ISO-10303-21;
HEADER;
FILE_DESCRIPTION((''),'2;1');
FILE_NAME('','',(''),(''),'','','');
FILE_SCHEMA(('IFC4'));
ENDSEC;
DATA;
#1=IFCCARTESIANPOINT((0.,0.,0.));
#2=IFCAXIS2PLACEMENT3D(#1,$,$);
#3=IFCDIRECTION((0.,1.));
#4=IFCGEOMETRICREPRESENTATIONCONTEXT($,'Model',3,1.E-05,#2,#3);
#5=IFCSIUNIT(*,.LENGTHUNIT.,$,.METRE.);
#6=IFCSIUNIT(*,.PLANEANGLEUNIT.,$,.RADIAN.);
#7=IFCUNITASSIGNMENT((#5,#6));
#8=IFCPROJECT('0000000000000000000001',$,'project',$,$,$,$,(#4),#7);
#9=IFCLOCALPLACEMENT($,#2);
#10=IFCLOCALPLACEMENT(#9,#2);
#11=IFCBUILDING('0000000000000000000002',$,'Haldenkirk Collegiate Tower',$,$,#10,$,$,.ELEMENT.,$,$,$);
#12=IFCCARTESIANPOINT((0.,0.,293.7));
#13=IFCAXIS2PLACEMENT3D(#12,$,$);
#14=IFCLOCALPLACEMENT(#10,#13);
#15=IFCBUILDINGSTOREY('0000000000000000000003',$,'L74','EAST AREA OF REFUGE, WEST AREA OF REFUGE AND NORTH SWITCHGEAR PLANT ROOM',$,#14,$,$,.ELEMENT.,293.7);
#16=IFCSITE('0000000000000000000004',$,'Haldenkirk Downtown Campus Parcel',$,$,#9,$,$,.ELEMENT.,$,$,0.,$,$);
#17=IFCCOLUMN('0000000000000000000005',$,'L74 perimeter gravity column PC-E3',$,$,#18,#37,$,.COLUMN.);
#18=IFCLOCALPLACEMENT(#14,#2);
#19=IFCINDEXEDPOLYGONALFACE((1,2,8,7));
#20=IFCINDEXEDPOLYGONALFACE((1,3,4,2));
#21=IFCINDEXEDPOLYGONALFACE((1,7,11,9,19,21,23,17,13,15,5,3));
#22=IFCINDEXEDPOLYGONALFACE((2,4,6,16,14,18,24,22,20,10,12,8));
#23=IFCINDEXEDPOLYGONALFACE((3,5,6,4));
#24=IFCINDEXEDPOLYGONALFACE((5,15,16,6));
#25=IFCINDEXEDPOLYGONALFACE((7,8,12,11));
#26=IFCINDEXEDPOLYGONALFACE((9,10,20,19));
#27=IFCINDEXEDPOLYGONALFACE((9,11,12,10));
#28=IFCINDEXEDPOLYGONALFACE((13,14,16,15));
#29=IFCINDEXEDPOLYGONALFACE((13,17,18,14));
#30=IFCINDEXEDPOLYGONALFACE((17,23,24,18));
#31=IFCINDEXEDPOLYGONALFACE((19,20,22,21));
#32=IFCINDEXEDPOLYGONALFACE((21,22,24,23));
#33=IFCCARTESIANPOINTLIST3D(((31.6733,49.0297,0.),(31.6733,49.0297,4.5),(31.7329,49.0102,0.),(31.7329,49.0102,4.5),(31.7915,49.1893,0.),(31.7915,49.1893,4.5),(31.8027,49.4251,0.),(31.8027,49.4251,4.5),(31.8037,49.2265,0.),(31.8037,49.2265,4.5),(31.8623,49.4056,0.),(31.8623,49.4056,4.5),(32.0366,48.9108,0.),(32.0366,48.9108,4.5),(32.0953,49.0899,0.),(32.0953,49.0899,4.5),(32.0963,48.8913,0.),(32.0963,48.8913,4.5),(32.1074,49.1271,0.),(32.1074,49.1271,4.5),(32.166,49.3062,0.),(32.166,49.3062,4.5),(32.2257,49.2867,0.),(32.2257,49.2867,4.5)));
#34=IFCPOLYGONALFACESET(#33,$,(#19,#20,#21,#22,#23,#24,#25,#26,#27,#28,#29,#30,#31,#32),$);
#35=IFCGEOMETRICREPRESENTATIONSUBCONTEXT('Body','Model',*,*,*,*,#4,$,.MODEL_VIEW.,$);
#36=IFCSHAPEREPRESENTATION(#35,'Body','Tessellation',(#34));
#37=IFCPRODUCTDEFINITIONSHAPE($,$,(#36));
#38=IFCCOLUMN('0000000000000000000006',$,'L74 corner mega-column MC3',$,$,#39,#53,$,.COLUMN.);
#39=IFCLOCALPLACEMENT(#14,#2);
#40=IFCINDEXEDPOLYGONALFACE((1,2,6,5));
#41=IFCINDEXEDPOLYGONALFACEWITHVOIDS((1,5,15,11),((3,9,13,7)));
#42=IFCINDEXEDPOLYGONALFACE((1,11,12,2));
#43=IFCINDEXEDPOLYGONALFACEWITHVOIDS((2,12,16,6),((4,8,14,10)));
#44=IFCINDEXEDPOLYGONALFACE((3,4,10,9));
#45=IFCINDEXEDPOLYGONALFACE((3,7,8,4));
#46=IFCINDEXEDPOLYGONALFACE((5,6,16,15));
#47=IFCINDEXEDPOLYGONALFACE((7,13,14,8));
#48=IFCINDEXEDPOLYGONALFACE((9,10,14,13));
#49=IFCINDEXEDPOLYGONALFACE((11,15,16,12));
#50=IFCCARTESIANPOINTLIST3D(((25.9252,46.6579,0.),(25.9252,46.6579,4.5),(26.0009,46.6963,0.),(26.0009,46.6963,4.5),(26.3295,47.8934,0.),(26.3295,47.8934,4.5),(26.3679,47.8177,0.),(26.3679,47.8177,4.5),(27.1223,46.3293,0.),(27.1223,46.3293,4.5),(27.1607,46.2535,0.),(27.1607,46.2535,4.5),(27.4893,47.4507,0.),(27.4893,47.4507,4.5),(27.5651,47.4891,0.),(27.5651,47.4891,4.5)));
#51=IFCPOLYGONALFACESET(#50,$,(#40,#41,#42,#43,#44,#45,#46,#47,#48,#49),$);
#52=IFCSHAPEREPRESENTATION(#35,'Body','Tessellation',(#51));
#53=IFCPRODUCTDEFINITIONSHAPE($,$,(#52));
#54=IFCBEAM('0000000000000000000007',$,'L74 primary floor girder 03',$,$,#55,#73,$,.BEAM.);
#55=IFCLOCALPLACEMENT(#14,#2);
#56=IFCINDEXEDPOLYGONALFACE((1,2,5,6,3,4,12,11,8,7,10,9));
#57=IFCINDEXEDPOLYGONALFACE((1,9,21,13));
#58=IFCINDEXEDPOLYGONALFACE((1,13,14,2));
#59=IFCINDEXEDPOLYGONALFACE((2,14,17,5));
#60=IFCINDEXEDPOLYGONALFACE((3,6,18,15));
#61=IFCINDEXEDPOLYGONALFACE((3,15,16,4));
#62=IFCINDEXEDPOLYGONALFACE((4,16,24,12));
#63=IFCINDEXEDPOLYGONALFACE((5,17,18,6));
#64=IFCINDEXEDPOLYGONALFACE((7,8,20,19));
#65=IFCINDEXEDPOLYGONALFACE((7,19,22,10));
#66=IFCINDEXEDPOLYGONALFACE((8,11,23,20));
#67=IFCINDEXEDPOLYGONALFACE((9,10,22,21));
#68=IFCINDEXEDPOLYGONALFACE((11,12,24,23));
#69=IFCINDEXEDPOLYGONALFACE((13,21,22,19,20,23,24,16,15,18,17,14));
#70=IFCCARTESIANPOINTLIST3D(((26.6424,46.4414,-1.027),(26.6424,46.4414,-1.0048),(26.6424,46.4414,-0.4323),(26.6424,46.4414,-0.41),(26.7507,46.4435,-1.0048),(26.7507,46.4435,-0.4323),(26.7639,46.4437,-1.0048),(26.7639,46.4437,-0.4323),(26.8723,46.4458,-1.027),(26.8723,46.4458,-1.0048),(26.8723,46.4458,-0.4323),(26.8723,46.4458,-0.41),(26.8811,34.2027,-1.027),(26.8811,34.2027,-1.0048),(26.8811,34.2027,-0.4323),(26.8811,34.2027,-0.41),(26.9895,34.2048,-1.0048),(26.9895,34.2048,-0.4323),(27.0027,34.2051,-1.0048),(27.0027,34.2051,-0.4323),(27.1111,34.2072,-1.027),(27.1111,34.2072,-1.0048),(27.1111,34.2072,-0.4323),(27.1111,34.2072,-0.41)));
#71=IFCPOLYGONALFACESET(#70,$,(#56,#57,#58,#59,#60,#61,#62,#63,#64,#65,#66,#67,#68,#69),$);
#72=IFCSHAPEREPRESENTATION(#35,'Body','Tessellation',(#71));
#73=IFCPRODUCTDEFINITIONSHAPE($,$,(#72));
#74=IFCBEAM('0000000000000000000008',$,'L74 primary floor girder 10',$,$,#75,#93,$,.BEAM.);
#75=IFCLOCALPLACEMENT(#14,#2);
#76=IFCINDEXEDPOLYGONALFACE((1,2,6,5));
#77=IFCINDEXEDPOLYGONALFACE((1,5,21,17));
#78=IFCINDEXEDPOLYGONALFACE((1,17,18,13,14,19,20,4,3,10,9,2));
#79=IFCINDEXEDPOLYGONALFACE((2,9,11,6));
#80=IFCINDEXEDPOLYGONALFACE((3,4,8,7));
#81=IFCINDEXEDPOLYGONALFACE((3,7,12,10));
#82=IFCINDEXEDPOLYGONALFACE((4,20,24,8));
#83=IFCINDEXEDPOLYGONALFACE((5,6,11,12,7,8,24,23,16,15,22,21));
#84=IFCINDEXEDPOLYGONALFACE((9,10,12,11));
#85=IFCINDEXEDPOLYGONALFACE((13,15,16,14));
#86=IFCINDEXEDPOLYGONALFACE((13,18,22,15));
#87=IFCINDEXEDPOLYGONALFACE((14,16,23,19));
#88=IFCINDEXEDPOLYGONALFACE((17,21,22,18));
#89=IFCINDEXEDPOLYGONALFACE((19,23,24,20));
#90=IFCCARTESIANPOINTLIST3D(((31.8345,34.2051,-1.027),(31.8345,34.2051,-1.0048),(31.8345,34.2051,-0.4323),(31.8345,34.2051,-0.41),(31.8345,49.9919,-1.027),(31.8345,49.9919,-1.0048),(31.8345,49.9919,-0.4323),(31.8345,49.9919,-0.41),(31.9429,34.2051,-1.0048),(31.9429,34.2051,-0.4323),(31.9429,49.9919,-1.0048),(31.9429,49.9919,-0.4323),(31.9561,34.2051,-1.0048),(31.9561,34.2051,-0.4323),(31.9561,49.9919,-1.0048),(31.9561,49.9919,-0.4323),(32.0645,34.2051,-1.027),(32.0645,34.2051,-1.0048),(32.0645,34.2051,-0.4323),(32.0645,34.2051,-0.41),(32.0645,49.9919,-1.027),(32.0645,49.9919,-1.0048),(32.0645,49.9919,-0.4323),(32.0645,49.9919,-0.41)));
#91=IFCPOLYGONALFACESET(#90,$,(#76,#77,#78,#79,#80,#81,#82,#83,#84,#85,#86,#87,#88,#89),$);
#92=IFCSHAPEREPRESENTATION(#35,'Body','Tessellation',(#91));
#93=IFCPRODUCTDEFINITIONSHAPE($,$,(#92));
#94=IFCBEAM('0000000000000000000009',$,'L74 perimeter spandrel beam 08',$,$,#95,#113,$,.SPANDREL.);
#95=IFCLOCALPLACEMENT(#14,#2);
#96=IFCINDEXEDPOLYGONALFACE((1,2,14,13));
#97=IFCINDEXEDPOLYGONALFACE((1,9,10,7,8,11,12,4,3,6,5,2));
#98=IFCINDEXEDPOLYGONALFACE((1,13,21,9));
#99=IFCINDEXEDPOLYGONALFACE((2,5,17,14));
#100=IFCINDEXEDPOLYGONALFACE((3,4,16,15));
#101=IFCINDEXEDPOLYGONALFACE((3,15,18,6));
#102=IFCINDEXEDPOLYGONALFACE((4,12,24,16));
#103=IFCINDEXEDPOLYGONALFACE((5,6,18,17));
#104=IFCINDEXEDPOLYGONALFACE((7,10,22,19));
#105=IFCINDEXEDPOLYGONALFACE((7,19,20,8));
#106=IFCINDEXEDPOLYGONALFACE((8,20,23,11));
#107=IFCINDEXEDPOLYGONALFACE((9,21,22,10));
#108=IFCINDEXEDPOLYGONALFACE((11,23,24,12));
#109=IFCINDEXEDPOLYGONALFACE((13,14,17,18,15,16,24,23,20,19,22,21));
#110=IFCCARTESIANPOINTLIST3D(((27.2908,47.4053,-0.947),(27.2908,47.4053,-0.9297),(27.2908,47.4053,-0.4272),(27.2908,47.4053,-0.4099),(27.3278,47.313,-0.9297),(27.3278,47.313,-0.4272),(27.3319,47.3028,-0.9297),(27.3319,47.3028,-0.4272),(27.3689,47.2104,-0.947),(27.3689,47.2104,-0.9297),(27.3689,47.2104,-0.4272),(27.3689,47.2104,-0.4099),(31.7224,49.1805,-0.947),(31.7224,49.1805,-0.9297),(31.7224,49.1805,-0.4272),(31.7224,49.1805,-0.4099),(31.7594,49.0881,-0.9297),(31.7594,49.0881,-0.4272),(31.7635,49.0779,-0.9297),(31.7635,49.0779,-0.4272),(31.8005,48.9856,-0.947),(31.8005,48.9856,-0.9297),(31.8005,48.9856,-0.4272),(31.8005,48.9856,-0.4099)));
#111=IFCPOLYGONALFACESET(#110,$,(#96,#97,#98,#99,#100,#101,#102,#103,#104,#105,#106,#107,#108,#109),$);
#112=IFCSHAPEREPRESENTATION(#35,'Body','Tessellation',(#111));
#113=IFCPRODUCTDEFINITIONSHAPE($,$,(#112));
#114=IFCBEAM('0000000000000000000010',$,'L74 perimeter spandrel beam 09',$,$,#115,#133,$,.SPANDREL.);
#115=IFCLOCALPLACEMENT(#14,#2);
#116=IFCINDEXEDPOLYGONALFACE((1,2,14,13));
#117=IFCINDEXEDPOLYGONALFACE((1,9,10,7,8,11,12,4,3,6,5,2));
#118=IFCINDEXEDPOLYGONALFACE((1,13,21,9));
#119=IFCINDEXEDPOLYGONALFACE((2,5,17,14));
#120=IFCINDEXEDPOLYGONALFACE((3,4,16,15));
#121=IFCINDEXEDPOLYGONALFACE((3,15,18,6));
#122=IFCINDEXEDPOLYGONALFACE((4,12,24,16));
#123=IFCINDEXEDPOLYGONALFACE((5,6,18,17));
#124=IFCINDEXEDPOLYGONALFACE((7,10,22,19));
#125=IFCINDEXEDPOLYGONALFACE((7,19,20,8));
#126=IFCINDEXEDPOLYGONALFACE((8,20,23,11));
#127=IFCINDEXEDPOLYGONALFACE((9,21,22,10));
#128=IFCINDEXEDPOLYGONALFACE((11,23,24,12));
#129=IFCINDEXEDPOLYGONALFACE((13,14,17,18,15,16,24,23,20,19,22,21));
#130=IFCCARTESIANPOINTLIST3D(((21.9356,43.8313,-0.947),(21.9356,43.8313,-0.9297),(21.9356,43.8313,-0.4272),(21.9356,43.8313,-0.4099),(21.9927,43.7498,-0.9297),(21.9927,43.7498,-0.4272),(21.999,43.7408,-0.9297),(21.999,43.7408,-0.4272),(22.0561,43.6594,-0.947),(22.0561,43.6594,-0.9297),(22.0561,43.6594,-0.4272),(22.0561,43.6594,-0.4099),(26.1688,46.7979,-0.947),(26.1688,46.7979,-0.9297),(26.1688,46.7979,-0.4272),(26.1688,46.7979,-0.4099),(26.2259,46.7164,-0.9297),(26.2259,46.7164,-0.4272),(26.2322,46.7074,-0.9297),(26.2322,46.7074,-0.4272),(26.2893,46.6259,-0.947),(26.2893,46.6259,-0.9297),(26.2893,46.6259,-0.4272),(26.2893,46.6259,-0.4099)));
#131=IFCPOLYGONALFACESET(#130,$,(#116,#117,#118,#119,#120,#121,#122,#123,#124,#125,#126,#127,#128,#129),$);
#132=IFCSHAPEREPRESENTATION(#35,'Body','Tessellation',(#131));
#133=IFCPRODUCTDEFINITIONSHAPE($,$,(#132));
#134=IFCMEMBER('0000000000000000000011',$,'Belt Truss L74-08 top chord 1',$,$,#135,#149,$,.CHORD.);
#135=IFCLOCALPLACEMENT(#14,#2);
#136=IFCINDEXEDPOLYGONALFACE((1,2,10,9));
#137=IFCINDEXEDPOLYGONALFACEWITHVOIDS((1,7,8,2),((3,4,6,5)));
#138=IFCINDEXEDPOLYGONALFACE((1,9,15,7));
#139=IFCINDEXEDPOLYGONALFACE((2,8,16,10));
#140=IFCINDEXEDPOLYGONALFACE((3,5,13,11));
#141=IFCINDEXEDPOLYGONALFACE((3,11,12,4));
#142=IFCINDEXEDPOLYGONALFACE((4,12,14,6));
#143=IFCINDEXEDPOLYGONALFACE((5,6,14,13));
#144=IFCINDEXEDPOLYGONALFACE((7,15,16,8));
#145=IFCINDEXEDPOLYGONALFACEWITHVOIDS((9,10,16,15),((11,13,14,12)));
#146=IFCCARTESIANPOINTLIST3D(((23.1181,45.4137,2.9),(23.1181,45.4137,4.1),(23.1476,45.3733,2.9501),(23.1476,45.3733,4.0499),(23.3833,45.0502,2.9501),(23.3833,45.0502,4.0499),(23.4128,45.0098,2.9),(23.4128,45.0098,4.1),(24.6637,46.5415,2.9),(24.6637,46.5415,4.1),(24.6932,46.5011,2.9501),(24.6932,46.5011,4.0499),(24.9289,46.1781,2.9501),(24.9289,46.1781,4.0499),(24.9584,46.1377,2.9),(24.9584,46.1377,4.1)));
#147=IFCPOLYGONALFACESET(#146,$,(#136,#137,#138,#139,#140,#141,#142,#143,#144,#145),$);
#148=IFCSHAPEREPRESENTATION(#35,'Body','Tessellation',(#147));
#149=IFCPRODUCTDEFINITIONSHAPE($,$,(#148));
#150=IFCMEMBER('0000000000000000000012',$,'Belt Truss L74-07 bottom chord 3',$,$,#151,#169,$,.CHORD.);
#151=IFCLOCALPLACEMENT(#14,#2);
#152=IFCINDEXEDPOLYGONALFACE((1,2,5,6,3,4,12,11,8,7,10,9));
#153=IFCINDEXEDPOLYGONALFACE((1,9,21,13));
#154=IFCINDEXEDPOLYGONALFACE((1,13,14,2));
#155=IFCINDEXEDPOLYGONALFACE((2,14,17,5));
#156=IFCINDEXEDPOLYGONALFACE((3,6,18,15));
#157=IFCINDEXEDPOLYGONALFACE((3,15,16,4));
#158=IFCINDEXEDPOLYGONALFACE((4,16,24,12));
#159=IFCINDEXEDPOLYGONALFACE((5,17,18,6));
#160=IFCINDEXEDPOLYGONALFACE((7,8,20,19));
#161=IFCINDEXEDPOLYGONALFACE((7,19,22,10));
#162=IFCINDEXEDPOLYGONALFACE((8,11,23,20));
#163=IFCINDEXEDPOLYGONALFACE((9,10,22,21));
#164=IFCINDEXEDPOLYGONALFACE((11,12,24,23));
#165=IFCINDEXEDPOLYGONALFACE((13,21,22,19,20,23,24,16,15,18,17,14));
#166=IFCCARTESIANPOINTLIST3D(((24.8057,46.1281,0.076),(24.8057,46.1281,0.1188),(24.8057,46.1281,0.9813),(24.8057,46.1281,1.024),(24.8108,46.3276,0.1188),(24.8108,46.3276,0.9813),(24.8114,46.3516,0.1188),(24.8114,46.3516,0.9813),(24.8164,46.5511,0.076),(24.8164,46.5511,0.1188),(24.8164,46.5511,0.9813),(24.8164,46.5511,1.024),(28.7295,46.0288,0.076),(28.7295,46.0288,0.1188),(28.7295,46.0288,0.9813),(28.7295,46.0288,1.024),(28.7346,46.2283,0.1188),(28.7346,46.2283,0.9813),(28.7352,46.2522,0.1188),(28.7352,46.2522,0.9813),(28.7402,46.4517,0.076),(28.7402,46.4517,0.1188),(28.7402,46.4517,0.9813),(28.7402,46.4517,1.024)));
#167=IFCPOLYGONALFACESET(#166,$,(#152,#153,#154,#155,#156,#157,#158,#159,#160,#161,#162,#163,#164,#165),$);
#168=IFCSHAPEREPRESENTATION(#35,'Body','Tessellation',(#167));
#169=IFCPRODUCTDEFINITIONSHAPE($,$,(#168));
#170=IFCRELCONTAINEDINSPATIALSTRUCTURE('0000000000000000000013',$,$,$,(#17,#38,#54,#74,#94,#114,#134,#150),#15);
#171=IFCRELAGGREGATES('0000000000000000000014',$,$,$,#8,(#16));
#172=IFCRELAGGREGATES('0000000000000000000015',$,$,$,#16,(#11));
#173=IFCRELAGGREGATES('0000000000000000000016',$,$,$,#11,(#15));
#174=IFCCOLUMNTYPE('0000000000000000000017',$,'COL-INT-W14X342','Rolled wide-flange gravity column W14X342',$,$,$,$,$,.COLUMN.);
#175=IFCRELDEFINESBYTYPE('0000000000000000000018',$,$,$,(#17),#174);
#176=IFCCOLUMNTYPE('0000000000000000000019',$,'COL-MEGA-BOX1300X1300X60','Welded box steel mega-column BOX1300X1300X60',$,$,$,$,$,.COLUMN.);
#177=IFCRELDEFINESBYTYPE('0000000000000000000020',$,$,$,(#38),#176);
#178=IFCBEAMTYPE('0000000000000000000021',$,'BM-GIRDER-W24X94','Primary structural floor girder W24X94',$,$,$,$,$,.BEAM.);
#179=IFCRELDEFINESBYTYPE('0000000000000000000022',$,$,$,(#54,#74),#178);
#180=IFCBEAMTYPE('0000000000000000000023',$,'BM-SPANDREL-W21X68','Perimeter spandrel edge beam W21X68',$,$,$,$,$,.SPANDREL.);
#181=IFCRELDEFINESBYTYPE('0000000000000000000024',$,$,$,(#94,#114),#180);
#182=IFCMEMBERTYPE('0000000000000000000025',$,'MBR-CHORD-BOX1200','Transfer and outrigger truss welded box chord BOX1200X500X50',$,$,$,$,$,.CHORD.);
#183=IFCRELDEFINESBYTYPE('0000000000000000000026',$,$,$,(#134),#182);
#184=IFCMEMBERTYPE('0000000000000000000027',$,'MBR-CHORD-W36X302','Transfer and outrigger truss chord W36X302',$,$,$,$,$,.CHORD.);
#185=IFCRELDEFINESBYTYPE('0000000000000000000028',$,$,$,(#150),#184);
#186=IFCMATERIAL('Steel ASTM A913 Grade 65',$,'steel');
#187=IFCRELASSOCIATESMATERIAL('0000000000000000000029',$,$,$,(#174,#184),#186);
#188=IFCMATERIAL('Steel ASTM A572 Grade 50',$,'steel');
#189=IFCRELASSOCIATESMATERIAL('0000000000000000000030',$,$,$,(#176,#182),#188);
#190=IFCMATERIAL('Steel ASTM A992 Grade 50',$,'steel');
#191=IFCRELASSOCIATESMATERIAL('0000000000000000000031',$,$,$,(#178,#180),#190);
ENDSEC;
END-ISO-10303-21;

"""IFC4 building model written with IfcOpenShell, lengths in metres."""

from ifc_helpers import new_model, si_unit, direction, frame, origin, origin_2d, place, context, subcontext, project, spatial, hollow_rectangle, i_section, extrude, material, material_profile, profile_set, type_object, element, save


model = new_model("IFC4")

# Units and contexts
model_context = context("Model", 3, precision=1e-05, world=origin(), true_north=direction((0.0, 1.0)))
body_context = subcontext(model_context, "Body", "Model", "MODEL_VIEW")
ifc_project = project(units=[si_unit("LENGTHUNIT", "METRE"), si_unit("PLANEANGLEUNIT", "RADIAN")], contexts=[model_context])

# Site, building, storey
site_placement = place(None, origin())
site = spatial("IfcSite", under=ifc_project, at=site_placement, Name="Haldenkirk Downtown Campus Parcel", CompositionType="ELEMENT", RefElevation=0.0)
building_placement = place(site_placement, origin())
building = spatial("IfcBuilding", under=site, at=building_placement, Name="Haldenkirk Collegiate Tower", CompositionType="ELEMENT")
storey_placement = place(building_placement, frame((0.0, 0.0, 293.7)))
storey = spatial("IfcBuildingStorey", under=building, at=storey_placement, Name="L74", Description="EAST AREA OF REFUGE, WEST AREA OF REFUGE AND NORTH SWITCHGEAR PLANT ROOM", CompositionType="ELEMENT", Elevation=293.7)

# Columns
ifc_material_1 = material(Name="Steel ASTM A913 Grade 65", Category="steel")
ifc_material_profile_1 = material_profile(ifc_material_1, i_section(OverallWidth=0.416, OverallDepth=0.4451, WebThickness=0.0391, FlangeThickness=0.0627, at=origin_2d()), Name="W14X342")
ifc_profile_set_1 = profile_set([ifc_material_profile_1], Name="Steel ASTM A913 Grade 65")
column_type_1 = type_object("IfcColumnType", Name="COL-INT-W14X342", Description="Rolled wide-flange gravity column W14X342", PredefinedType="COLUMN", material=ifc_profile_set_1)
column_1_placement = place(storey_placement, frame((31.9495, 49.1582, 0.0), z_axis=(0.0, 0.0, 1.0), x_axis=(0.311008, 0.950407, 0.0)))
element("IfcColumn", 1, at=column_1_placement, inside=storey, type_object=column_type_1, Name="L74 perimeter gravity column PC-E3", PredefinedType="COLUMN", context=body_context, shape_type="SweptSolid", body=[
    extrude(i_section(OverallWidth=0.416, OverallDepth=0.4451, WebThickness=0.0391, FlangeThickness=0.0627, at=origin_2d()), origin(), (0.0, 0.0, 1.0), 4.5),
])
ifc_material_2 = material(Name="Steel ASTM A572 Grade 50", Category="steel")
ifc_material_profile_2 = material_profile(ifc_material_2, hollow_rectangle(XDim=1.3, YDim=1.3, WallThickness=0.0601, at=origin_2d()), Name="BOX1300X1300X60")
ifc_profile_set_2 = profile_set([ifc_material_profile_2], Name="Steel ASTM A572 Grade 50")
column_type_2 = type_object("IfcColumnType", Name="COL-MEGA-BOX1300X1300X60", Description="Welded box steel mega-column BOX1300X1300X60", PredefinedType="COLUMN", material=ifc_profile_set_2)
column_2_placement = place(storey_placement, frame((26.7451, 47.0735, 0.0), z_axis=(0.0, 0.0, 1.0), x_axis=(0.311008, 0.950407, 0.0)))
element("IfcColumn", 2, at=column_2_placement, inside=storey, type_object=column_type_2, Name="L74 corner mega-column MC3", PredefinedType="COLUMN", context=body_context, shape_type="SweptSolid", body=[
    extrude(hollow_rectangle(XDim=1.3, YDim=1.3, WallThickness=0.0601, at=origin_2d()), origin(), (0.0, 0.0, 1.0), 4.5),
])

# Beams
ifc_material_3 = material(Name="Steel ASTM A992 Grade 50", Category="steel")
ifc_material_profile_3 = material_profile(ifc_material_3, i_section(OverallWidth=0.23, OverallDepth=0.6169, WebThickness=0.0132, FlangeThickness=0.0222, at=origin_2d()), Name="W24X94")
ifc_profile_set_3 = profile_set([ifc_material_profile_3], Name="Steel ASTM A992 Grade 50")
beam_type_1 = type_object("IfcBeamType", Name="BM-GIRDER-W24X94", Description="Primary structural floor girder W24X94", PredefinedType="BEAM", material=ifc_profile_set_3)
beam_1_placement = place(storey_placement, frame((26.7573, 46.4436, -0.7185), z_axis=(0.019506, -0.99981, 0.0), x_axis=(0.99981, 0.019506, 0.0)))
element("IfcBeam", 3, at=beam_1_placement, inside=storey, type_object=beam_type_1, Name="L74 primary floor girder 03", PredefinedType="BEAM", context=body_context, shape_type="SweptSolid", body=[
    extrude(i_section(OverallWidth=0.23, OverallDepth=0.6169, WebThickness=0.0132, FlangeThickness=0.0222, at=origin_2d()), origin(), (0.0, 0.0, 1.0), 12.241),
])
beam_2_placement = place(storey_placement, frame((31.9495, 49.9919, -0.7185), z_axis=(0.0, -1.0, 0.0), x_axis=(1.0, 0.0, 0.0)))
element("IfcBeam", 4, at=beam_2_placement, inside=storey, type_object=beam_type_1, Name="L74 primary floor girder 10", PredefinedType="BEAM", context=body_context, shape_type="SweptSolid", body=[
    extrude(i_section(OverallWidth=0.23, OverallDepth=0.6169, WebThickness=0.0132, FlangeThickness=0.0222, at=origin_2d()), origin(), (0.0, 0.0, 1.0), 15.7869),
])
ifc_material_profile_4 = material_profile(ifc_material_3, i_section(OverallWidth=0.21, OverallDepth=0.5371, WebThickness=0.011, FlangeThickness=0.0173, at=origin_2d()), Name="W21X68")
ifc_profile_set_4 = profile_set([ifc_material_profile_4], Name="Steel ASTM A992 Grade 50")
beam_type_2 = type_object("IfcBeamType", Name="BM-SPANDREL-W21X68", Description="Perimeter spandrel edge beam W21X68", PredefinedType="SPANDREL", material=ifc_profile_set_4)
beam_3_placement = place(storey_placement, frame((31.7615, 49.083, -0.6785), z_axis=(-0.928297, -0.37184, 0.0), x_axis=(0.37184, -0.928297, 0.0)))
element("IfcBeam", 5, at=beam_3_placement, inside=storey, type_object=beam_type_2, Name="L74 perimeter spandrel beam 08", PredefinedType="SPANDREL", context=body_context, shape_type="SweptSolid", body=[
    extrude(i_section(OverallWidth=0.21, OverallDepth=0.5371, WebThickness=0.011, FlangeThickness=0.0173, at=origin_2d()), origin(), (0.0, 0.0, 1.0), 4.7739),
])
beam_4_placement = place(storey_placement, frame((26.229, 46.7119, -0.6785), z_axis=(-0.818928, -0.573897, 0.0), x_axis=(0.573897, -0.818928, 0.0)))
element("IfcBeam", 6, at=beam_4_placement, inside=storey, type_object=beam_type_2, Name="L74 perimeter spandrel beam 09", PredefinedType="SPANDREL", context=body_context, shape_type="SweptSolid", body=[
    extrude(i_section(OverallWidth=0.21, OverallDepth=0.5371, WebThickness=0.011, FlangeThickness=0.0173, at=origin_2d()), origin(), (0.0, 0.0, 1.0), 5.1692),
])

# Members
ifc_material_profile_5 = material_profile(ifc_material_2, hollow_rectangle(XDim=0.5, YDim=1.2, WallThickness=0.05, at=origin_2d()), Name="BOX1200X500X50")
ifc_profile_set_5 = profile_set([ifc_material_profile_5], Name="Steel ASTM A572 Grade 50")
member_type_1 = type_object("IfcMemberType", Name="MBR-CHORD-BOX1200", Description="Transfer and outrigger truss welded box chord BOX1200X500X50", PredefinedType="CHORD", material=ifc_profile_set_5)
member_1_placement = place(storey_placement, frame((24.811, 46.3396, 3.5), z_axis=(-0.807786, -0.589476, 0.0), x_axis=(0.589476, -0.807786, 0.0)))
element("IfcMember", 7, at=member_1_placement, inside=storey, type_object=member_type_1, Name="Belt Truss L74-08 top chord 1", PredefinedType="CHORD", context=body_context, shape_type="SweptSolid", body=[
    extrude(hollow_rectangle(XDim=0.5, YDim=1.2, WallThickness=0.05, at=origin_2d()), origin(), (0.0, 0.0, 1.0), 1.9133),
])
ifc_material_profile_6 = material_profile(ifc_material_1, i_section(OverallWidth=0.4231, OverallDepth=0.948, WebThickness=0.0239, FlangeThickness=0.0427, at=origin_2d()), Name="W36X302")
ifc_profile_set_6 = profile_set([ifc_material_profile_6], Name="Steel ASTM A913 Grade 65")
member_type_2 = type_object("IfcMemberType", Name="MBR-CHORD-W36X302", Description="Transfer and outrigger truss chord W36X302", PredefinedType="CHORD", material=ifc_profile_set_6)
member_2_placement = place(storey_placement, frame((28.7349, 46.2402, 0.55), z_axis=(-0.99968, 0.025315, 0.0), x_axis=(-0.025315, -0.99968, 0.0)))
element("IfcMember", 8, at=member_2_placement, inside=storey, type_object=member_type_2, Name="Belt Truss L74-07 bottom chord 3", PredefinedType="CHORD", context=body_context, shape_type="SweptSolid", body=[
    extrude(i_section(OverallWidth=0.4231, OverallDepth=0.948, WebThickness=0.0239, FlangeThickness=0.0427, at=origin_2d()), origin(), (0.0, 0.0, 1.0), 3.925),
])

save(model, "model.ifc")
